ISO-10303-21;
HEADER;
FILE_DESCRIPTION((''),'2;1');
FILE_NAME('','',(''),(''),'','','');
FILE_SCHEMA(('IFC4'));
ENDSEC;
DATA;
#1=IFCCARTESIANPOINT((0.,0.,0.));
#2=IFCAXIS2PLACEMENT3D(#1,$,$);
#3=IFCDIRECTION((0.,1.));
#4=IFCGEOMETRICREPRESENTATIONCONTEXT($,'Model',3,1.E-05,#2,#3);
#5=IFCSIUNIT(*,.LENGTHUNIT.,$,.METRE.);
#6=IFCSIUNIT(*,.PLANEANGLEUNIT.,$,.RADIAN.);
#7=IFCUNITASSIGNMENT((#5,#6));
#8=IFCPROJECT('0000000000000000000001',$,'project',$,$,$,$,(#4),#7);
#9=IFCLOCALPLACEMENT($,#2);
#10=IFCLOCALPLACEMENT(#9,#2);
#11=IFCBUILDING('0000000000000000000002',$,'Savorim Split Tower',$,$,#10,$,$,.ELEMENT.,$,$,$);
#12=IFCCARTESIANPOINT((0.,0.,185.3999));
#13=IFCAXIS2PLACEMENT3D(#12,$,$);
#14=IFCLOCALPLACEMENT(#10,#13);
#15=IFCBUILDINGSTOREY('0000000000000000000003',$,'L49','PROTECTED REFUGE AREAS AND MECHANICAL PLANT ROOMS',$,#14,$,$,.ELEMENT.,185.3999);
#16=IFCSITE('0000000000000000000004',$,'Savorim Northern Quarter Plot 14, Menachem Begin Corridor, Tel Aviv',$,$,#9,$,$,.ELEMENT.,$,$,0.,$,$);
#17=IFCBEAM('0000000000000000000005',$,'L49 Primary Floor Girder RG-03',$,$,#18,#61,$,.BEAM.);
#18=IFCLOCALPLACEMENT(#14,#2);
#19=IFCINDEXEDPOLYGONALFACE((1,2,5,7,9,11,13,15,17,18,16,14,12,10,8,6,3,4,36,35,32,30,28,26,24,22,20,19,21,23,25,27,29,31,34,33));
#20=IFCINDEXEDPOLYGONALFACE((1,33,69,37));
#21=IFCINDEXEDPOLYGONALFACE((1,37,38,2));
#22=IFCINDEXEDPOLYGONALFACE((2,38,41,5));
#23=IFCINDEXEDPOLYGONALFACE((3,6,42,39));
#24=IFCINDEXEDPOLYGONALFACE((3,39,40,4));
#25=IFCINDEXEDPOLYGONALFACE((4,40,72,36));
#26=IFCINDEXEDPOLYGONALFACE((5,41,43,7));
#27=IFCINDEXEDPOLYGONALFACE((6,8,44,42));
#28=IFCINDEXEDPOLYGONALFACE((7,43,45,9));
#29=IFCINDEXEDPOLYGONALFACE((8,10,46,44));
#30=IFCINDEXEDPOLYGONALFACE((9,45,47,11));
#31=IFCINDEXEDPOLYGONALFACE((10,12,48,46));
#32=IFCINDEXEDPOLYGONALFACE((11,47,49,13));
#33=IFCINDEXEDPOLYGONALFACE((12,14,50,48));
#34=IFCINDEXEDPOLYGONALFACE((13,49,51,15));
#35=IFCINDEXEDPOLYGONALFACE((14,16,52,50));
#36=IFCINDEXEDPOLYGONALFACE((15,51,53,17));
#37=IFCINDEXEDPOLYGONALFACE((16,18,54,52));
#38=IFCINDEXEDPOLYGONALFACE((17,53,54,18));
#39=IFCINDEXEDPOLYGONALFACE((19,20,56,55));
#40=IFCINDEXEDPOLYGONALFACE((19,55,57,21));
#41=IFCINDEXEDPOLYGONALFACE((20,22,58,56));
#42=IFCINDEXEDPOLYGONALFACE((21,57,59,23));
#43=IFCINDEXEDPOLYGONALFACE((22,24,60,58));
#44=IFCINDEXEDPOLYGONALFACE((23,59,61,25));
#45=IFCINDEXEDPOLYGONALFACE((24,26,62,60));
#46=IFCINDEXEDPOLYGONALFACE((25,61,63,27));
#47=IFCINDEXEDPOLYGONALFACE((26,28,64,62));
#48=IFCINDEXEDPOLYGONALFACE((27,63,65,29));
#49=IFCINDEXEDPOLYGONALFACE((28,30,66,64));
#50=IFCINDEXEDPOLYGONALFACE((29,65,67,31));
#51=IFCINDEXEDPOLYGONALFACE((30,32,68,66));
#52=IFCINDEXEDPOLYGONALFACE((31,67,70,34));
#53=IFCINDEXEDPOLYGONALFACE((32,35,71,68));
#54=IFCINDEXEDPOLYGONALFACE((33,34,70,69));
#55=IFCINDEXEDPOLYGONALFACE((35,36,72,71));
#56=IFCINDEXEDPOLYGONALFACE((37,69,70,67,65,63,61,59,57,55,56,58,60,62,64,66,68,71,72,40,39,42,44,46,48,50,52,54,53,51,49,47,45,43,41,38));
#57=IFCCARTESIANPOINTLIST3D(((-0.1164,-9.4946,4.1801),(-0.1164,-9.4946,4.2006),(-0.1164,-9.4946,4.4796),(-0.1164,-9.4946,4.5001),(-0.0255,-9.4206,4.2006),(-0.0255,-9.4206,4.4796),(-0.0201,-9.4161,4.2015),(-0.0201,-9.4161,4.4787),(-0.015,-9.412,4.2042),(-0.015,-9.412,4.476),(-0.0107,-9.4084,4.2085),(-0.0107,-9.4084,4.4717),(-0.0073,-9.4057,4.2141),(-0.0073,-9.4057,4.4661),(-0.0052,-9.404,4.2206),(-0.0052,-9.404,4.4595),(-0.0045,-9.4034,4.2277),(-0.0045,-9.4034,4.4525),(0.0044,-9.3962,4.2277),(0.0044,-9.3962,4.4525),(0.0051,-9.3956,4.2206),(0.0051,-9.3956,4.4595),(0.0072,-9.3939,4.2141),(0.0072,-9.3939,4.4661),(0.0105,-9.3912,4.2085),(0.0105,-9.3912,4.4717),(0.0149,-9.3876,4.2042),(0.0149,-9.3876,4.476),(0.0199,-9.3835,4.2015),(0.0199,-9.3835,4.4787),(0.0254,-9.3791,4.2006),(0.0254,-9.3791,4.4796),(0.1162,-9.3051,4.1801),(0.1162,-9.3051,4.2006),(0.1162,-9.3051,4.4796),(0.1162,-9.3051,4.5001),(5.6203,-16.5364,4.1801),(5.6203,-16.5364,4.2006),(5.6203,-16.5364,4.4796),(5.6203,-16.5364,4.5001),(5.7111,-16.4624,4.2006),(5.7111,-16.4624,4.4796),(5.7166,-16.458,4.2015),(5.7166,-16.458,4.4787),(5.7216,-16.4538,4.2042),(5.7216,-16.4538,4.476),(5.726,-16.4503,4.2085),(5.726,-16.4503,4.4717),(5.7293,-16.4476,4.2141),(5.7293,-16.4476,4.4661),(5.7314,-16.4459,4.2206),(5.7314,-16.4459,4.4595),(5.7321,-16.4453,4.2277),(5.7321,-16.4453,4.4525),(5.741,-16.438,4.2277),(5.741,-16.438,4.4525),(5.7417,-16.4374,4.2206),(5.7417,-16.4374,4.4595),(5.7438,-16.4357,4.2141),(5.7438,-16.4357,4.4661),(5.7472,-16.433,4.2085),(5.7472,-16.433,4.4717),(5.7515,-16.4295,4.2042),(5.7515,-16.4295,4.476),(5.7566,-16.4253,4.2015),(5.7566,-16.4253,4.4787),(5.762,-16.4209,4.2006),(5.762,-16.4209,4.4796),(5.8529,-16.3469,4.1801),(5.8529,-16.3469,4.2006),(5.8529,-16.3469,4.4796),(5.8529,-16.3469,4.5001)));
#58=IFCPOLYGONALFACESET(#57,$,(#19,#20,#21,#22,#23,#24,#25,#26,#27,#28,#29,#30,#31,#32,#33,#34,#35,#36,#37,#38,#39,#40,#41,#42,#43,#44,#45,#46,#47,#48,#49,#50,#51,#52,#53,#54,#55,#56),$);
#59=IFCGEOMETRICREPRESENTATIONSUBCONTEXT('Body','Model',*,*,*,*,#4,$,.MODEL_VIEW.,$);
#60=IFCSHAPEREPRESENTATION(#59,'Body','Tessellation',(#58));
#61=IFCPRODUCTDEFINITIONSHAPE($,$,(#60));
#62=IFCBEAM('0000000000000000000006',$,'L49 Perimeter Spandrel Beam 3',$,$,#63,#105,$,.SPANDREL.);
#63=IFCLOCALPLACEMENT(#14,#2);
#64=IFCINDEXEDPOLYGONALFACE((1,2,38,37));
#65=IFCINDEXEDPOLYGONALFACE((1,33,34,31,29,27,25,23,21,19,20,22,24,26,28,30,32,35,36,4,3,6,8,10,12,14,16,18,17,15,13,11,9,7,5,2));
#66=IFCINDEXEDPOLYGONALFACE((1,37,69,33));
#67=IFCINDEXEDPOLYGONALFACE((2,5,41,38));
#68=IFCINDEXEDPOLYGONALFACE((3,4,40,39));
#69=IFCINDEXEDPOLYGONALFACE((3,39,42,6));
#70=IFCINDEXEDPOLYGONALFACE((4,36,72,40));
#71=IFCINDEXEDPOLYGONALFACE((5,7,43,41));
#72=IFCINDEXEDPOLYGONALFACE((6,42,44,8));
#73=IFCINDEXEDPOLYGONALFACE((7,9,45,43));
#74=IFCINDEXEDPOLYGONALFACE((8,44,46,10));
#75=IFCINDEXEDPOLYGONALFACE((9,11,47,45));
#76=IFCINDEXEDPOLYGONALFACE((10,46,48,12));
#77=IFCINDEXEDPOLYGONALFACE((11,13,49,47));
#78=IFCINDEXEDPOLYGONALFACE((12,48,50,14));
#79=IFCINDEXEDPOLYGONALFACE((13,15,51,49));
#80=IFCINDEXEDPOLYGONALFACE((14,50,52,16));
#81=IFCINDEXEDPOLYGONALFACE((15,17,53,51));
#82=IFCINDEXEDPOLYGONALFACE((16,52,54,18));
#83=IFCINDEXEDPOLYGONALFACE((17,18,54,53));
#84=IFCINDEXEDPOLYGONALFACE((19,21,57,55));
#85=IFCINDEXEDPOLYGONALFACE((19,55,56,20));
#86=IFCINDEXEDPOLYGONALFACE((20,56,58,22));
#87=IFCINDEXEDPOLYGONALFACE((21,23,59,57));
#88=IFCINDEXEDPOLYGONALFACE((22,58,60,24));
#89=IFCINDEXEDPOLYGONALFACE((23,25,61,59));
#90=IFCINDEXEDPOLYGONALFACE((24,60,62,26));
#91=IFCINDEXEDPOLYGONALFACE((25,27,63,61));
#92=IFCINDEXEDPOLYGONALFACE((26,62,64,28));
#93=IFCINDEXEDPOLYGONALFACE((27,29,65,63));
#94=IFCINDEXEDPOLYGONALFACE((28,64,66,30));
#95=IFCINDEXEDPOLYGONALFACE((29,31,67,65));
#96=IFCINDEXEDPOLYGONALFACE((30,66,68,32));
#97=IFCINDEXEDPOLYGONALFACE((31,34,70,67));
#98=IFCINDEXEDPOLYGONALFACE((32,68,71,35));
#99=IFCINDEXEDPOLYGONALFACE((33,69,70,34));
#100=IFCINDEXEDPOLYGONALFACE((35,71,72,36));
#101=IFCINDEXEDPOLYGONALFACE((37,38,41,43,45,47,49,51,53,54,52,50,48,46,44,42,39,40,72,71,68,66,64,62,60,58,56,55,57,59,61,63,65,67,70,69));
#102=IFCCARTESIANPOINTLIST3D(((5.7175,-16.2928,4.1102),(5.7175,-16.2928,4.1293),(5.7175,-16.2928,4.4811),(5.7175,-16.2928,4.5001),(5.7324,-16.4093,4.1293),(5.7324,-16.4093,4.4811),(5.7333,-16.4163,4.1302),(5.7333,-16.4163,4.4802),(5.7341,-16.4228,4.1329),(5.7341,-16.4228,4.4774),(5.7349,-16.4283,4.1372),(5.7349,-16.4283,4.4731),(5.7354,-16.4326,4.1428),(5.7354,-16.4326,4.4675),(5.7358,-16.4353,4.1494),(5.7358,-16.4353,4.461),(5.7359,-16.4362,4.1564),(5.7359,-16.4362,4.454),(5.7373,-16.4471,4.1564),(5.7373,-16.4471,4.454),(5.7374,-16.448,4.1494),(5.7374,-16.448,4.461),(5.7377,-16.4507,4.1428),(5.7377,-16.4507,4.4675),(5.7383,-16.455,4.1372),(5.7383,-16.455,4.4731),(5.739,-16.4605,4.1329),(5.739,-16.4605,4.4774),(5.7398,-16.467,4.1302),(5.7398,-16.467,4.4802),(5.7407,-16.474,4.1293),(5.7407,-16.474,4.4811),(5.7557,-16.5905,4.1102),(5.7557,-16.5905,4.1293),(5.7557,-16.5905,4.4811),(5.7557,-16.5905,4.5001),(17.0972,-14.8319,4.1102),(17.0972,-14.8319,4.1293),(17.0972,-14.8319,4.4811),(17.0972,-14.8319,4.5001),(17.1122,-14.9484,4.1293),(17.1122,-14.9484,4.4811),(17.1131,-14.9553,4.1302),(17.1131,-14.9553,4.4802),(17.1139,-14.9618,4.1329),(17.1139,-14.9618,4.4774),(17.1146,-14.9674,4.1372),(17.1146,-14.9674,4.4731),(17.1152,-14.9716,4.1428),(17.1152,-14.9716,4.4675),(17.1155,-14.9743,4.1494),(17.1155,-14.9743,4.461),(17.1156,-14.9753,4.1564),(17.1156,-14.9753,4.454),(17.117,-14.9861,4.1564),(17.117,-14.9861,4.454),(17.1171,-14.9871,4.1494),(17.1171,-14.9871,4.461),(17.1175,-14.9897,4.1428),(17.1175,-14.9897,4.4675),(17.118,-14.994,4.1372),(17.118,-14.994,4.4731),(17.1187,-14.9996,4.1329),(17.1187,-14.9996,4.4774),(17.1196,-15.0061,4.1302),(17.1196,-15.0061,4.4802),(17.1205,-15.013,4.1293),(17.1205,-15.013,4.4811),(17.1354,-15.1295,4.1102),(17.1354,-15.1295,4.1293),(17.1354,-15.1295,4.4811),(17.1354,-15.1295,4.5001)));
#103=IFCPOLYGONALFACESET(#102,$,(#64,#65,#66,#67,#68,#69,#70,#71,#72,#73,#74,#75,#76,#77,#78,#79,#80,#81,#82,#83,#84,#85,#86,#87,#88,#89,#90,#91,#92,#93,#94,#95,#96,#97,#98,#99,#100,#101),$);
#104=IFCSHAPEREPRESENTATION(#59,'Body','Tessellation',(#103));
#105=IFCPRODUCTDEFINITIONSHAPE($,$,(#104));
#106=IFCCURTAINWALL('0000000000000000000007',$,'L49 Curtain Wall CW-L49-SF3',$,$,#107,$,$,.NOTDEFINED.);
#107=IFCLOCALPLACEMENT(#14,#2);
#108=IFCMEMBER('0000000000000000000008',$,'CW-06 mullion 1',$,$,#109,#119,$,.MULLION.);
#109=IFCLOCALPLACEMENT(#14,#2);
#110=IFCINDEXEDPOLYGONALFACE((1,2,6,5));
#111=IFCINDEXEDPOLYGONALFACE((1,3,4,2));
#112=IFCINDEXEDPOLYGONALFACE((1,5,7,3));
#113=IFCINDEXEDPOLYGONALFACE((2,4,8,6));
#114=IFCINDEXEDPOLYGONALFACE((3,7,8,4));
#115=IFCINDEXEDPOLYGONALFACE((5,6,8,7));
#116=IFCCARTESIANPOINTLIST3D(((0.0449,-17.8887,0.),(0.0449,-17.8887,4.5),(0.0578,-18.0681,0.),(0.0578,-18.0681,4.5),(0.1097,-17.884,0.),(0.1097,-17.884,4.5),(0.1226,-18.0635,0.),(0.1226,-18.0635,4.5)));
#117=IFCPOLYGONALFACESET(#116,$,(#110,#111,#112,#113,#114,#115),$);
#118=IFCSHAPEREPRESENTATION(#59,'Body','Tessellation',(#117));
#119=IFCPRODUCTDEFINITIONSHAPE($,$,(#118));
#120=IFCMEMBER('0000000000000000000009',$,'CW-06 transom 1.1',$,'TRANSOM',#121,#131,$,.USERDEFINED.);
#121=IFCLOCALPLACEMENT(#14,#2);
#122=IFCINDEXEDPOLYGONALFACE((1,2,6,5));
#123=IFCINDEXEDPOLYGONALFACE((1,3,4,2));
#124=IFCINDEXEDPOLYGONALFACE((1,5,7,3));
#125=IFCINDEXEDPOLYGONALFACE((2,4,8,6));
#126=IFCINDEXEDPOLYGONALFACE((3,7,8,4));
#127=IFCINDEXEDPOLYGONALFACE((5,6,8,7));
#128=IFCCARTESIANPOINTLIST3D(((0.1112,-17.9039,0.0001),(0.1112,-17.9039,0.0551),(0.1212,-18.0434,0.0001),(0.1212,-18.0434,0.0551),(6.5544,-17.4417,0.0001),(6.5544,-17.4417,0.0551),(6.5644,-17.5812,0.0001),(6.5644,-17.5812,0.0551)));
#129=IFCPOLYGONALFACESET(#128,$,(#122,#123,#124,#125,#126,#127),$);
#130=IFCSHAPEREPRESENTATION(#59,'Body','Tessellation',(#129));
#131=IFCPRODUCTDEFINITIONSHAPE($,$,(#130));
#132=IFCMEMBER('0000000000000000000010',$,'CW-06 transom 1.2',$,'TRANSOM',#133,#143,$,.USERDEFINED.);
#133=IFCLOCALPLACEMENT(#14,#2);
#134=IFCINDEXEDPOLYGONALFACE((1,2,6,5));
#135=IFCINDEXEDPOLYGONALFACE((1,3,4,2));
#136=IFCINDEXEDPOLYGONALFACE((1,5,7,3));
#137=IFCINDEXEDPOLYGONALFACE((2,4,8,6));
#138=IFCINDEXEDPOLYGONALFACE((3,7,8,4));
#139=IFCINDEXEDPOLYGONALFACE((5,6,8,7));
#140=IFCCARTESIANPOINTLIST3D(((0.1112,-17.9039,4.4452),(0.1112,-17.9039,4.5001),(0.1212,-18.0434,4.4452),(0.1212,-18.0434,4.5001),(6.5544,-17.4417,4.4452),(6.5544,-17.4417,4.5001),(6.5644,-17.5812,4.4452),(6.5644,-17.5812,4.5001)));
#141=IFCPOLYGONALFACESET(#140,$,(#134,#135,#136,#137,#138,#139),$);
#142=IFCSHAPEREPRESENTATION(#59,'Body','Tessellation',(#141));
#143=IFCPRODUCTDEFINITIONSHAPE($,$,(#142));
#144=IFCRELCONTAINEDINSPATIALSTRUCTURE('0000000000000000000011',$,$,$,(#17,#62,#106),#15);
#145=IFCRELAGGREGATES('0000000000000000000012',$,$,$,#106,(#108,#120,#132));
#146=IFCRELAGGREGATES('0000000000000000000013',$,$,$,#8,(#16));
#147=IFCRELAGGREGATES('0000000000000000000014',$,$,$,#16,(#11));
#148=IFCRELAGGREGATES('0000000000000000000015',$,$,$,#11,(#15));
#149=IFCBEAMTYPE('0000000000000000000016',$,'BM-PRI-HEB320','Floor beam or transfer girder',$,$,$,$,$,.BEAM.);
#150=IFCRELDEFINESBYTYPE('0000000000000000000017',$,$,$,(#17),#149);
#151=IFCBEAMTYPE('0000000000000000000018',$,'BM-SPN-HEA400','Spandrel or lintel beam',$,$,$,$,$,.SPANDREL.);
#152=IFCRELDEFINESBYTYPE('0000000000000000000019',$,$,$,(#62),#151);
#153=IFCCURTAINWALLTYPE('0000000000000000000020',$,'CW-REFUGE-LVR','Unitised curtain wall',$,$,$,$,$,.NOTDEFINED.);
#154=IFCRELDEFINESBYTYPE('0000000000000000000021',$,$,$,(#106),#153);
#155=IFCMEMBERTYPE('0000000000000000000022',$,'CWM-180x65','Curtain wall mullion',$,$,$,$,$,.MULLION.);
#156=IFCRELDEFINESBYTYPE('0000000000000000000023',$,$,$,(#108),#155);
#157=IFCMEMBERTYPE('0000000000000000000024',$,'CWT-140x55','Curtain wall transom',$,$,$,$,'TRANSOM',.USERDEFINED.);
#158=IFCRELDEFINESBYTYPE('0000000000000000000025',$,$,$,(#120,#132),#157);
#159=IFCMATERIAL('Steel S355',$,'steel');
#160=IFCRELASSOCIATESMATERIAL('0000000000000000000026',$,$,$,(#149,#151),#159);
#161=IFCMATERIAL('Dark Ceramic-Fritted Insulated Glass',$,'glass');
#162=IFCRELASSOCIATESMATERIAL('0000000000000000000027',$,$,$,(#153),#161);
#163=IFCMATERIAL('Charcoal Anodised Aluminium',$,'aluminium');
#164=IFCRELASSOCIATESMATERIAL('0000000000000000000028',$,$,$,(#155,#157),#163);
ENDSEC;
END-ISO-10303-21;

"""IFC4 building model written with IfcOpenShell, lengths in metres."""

from ifc_helpers import new_model, si_unit, direction, frame, origin, origin_2d, place, context, subcontext, project, spatial, rectangle, i_section, extrude, material, material_profile, profile_set, type_object, element, aggregate, save


model = new_model("IFC4")

# Units and contexts
model_context = context("Model", 3, precision=1e-05, world=origin(), true_north=direction((0.0, 1.0)))
body_context = subcontext(model_context, "Body", "Model", "MODEL_VIEW")
ifc_project = project(units=[si_unit("LENGTHUNIT", "METRE"), si_unit("PLANEANGLEUNIT", "RADIAN")], contexts=[model_context])

# Site, building, storey
site_placement = place(None, origin())
site = spatial("IfcSite", under=ifc_project, at=site_placement, Name="Savorim Northern Quarter Plot 14, Menachem Begin Corridor, Tel Aviv", CompositionType="ELEMENT", RefElevation=0.0)
building_placement = place(site_placement, origin())
building = spatial("IfcBuilding", under=site, at=building_placement, Name="Savorim Split Tower", CompositionType="ELEMENT")
storey_placement = place(building_placement, frame((0.0, 0.0, 185.3999)))
storey = spatial("IfcBuildingStorey", under=building, at=storey_placement, Name="L49", Description="PROTECTED REFUGE AREAS AND MECHANICAL PLANT ROOMS", CompositionType="ELEMENT", Elevation=185.3999)

# Shared definitions
ifc_material_1 = material(Name="Steel S355", Category="steel")

# Beams
ifc_material_profile_1 = material_profile(ifc_material_1, i_section(OverallWidth=0.3, OverallDepth=0.3201, WebThickness=0.0115, FlangeThickness=0.0205, FilletRadius=0.0271, at=origin_2d()), Name="HEB 320")
ifc_profile_set_1 = profile_set([ifc_material_profile_1], Name="Steel S355")
beam_type_1 = type_object("IfcBeamType", Name="BM-PRI-HEB320", Description="Floor beam or transfer girder", PredefinedType="BEAM", material=ifc_profile_set_1)
beam_1_placement = place(storey_placement, frame((5.7366, -16.4417, 4.3401), z_axis=(-0.631597, 0.775297, 0.0), x_axis=(-0.775297, -0.631597, 0.0)))
element("IfcBeam", 1, at=beam_1_placement, inside=storey, type_object=beam_type_1, Name="L49 Primary Floor Girder RG-03", PredefinedType="BEAM", context=body_context, shape_type="SweptSolid", body=[
    extrude(i_section(OverallWidth=0.3, OverallDepth=0.3201, WebThickness=0.0115, FlangeThickness=0.0205, FilletRadius=0.0271, at=origin_2d()), origin(), (0.0, 0.0, 1.0), 9.0828),
])
ifc_material_profile_2 = material_profile(ifc_material_1, i_section(OverallWidth=0.3, OverallDepth=0.3899, WebThickness=0.011, FlangeThickness=0.019, FilletRadius=0.0271, at=origin_2d()), Name="HEA 400")
ifc_profile_set_2 = profile_set([ifc_material_profile_2], Name="Steel S355")
beam_type_2 = type_object("IfcBeamType", Name="BM-SPN-HEA400", Description="Spandrel or lintel beam", PredefinedType="SPANDREL", material=ifc_profile_set_2)
beam_2_placement = place(storey_placement, frame((5.7366, -16.4417, 4.3052), z_axis=(0.99186, 0.127337, 0.0), x_axis=(-0.127337, 0.99186, 0.0)))
element("IfcBeam", 2, at=beam_2_placement, inside=storey, type_object=beam_type_2, Name="L49 Perimeter Spandrel Beam 3", PredefinedType="SPANDREL", context=body_context, shape_type="SweptSolid", body=[
    extrude(i_section(OverallWidth=0.3, OverallDepth=0.3899, WebThickness=0.011, FlangeThickness=0.019, FilletRadius=0.0271, at=origin_2d()), origin(), (0.0, 0.0, 1.0), 11.4731),
])

# Curtain wall, members
ifc_material_2 = material(Name="Dark Ceramic-Fritted Insulated Glass", Category="glass")
curtain_wall_type = type_object("IfcCurtainWallType", Name="CW-REFUGE-LVR", Description="Unitised curtain wall", PredefinedType="NOTDEFINED", material=ifc_material_2)
curtain_wall_placement = place(storey_placement, origin())
curtain_wall = element("IfcCurtainWall", 3, at=curtain_wall_placement, inside=storey, type_object=curtain_wall_type, Name="L49 Curtain Wall CW-L49-SF3", PredefinedType="NOTDEFINED")
ifc_material_3 = material(Name="Charcoal Anodised Aluminium", Category="aluminium")
ifc_material_profile_3 = material_profile(ifc_material_3, rectangle(XDim=0.1799, YDim=0.0649, at=origin_2d()), Name="ALU-M 180x65")
ifc_profile_set_3 = profile_set([ifc_material_profile_3], Name="Charcoal Anodised Aluminium")
member_type_1 = type_object("IfcMemberType", Name="CWM-180x65", Description="Curtain wall mullion", PredefinedType="MULLION", material=ifc_profile_set_3)
member_1_placement = place(storey_placement, frame((0.0837, -17.9761, 0.0), z_axis=(0.0, 0.0, 1.0), x_axis=(-0.071562, 0.997436, 0.0)))
member_1 = element("IfcMember", 4, at=member_1_placement, type_object=member_type_1, Name="CW-06 mullion 1", PredefinedType="MULLION", context=body_context, shape_type="SweptSolid", body=[
    extrude(rectangle(XDim=0.1799, YDim=0.0649, at=origin_2d()), origin(), (0.0, 0.0, 1.0), 4.5),
])
ifc_material_profile_4 = material_profile(ifc_material_3, rectangle(XDim=0.1399, YDim=0.0549, at=origin_2d()), Name="ALU-T 140x55")
ifc_profile_set_4 = profile_set([ifc_material_profile_4], Name="Charcoal Anodised Aluminium")
member_type_2 = type_object("IfcMemberType", Name="CWT-140x55", Description="Curtain wall transom", ElementType="TRANSOM", PredefinedType="USERDEFINED", material=ifc_profile_set_4)
member_2_placement = place(storey_placement, frame((0.1162, -17.9736, 0.0276), z_axis=(0.997437, 0.071545, 0.0), x_axis=(-0.071545, 0.997437, 0.0)))
member_2 = element("IfcMember", 5, at=member_2_placement, type_object=member_type_2, Name="CW-06 transom 1.1", ObjectType="TRANSOM", PredefinedType="USERDEFINED", context=body_context, shape_type="SweptSolid", body=[
    extrude(rectangle(XDim=0.1399, YDim=0.0549, at=origin_2d()), origin(), (0.0, 0.0, 1.0), 6.4597),
])
member_3_placement = place(storey_placement, frame((0.1162, -17.9736, 4.4727), z_axis=(0.997437, 0.071545, 0.0), x_axis=(-0.071545, 0.997437, 0.0)))
member_3 = element("IfcMember", 6, at=member_3_placement, type_object=member_type_2, Name="CW-06 transom 1.2", ObjectType="TRANSOM", PredefinedType="USERDEFINED", context=body_context, shape_type="SweptSolid", body=[
    extrude(rectangle(XDim=0.1399, YDim=0.0549, at=origin_2d()), origin(), (0.0, 0.0, 1.0), 6.4597),
])

aggregate(curtain_wall, [member_1, member_2, member_3])

save(model, "model.ifc")
